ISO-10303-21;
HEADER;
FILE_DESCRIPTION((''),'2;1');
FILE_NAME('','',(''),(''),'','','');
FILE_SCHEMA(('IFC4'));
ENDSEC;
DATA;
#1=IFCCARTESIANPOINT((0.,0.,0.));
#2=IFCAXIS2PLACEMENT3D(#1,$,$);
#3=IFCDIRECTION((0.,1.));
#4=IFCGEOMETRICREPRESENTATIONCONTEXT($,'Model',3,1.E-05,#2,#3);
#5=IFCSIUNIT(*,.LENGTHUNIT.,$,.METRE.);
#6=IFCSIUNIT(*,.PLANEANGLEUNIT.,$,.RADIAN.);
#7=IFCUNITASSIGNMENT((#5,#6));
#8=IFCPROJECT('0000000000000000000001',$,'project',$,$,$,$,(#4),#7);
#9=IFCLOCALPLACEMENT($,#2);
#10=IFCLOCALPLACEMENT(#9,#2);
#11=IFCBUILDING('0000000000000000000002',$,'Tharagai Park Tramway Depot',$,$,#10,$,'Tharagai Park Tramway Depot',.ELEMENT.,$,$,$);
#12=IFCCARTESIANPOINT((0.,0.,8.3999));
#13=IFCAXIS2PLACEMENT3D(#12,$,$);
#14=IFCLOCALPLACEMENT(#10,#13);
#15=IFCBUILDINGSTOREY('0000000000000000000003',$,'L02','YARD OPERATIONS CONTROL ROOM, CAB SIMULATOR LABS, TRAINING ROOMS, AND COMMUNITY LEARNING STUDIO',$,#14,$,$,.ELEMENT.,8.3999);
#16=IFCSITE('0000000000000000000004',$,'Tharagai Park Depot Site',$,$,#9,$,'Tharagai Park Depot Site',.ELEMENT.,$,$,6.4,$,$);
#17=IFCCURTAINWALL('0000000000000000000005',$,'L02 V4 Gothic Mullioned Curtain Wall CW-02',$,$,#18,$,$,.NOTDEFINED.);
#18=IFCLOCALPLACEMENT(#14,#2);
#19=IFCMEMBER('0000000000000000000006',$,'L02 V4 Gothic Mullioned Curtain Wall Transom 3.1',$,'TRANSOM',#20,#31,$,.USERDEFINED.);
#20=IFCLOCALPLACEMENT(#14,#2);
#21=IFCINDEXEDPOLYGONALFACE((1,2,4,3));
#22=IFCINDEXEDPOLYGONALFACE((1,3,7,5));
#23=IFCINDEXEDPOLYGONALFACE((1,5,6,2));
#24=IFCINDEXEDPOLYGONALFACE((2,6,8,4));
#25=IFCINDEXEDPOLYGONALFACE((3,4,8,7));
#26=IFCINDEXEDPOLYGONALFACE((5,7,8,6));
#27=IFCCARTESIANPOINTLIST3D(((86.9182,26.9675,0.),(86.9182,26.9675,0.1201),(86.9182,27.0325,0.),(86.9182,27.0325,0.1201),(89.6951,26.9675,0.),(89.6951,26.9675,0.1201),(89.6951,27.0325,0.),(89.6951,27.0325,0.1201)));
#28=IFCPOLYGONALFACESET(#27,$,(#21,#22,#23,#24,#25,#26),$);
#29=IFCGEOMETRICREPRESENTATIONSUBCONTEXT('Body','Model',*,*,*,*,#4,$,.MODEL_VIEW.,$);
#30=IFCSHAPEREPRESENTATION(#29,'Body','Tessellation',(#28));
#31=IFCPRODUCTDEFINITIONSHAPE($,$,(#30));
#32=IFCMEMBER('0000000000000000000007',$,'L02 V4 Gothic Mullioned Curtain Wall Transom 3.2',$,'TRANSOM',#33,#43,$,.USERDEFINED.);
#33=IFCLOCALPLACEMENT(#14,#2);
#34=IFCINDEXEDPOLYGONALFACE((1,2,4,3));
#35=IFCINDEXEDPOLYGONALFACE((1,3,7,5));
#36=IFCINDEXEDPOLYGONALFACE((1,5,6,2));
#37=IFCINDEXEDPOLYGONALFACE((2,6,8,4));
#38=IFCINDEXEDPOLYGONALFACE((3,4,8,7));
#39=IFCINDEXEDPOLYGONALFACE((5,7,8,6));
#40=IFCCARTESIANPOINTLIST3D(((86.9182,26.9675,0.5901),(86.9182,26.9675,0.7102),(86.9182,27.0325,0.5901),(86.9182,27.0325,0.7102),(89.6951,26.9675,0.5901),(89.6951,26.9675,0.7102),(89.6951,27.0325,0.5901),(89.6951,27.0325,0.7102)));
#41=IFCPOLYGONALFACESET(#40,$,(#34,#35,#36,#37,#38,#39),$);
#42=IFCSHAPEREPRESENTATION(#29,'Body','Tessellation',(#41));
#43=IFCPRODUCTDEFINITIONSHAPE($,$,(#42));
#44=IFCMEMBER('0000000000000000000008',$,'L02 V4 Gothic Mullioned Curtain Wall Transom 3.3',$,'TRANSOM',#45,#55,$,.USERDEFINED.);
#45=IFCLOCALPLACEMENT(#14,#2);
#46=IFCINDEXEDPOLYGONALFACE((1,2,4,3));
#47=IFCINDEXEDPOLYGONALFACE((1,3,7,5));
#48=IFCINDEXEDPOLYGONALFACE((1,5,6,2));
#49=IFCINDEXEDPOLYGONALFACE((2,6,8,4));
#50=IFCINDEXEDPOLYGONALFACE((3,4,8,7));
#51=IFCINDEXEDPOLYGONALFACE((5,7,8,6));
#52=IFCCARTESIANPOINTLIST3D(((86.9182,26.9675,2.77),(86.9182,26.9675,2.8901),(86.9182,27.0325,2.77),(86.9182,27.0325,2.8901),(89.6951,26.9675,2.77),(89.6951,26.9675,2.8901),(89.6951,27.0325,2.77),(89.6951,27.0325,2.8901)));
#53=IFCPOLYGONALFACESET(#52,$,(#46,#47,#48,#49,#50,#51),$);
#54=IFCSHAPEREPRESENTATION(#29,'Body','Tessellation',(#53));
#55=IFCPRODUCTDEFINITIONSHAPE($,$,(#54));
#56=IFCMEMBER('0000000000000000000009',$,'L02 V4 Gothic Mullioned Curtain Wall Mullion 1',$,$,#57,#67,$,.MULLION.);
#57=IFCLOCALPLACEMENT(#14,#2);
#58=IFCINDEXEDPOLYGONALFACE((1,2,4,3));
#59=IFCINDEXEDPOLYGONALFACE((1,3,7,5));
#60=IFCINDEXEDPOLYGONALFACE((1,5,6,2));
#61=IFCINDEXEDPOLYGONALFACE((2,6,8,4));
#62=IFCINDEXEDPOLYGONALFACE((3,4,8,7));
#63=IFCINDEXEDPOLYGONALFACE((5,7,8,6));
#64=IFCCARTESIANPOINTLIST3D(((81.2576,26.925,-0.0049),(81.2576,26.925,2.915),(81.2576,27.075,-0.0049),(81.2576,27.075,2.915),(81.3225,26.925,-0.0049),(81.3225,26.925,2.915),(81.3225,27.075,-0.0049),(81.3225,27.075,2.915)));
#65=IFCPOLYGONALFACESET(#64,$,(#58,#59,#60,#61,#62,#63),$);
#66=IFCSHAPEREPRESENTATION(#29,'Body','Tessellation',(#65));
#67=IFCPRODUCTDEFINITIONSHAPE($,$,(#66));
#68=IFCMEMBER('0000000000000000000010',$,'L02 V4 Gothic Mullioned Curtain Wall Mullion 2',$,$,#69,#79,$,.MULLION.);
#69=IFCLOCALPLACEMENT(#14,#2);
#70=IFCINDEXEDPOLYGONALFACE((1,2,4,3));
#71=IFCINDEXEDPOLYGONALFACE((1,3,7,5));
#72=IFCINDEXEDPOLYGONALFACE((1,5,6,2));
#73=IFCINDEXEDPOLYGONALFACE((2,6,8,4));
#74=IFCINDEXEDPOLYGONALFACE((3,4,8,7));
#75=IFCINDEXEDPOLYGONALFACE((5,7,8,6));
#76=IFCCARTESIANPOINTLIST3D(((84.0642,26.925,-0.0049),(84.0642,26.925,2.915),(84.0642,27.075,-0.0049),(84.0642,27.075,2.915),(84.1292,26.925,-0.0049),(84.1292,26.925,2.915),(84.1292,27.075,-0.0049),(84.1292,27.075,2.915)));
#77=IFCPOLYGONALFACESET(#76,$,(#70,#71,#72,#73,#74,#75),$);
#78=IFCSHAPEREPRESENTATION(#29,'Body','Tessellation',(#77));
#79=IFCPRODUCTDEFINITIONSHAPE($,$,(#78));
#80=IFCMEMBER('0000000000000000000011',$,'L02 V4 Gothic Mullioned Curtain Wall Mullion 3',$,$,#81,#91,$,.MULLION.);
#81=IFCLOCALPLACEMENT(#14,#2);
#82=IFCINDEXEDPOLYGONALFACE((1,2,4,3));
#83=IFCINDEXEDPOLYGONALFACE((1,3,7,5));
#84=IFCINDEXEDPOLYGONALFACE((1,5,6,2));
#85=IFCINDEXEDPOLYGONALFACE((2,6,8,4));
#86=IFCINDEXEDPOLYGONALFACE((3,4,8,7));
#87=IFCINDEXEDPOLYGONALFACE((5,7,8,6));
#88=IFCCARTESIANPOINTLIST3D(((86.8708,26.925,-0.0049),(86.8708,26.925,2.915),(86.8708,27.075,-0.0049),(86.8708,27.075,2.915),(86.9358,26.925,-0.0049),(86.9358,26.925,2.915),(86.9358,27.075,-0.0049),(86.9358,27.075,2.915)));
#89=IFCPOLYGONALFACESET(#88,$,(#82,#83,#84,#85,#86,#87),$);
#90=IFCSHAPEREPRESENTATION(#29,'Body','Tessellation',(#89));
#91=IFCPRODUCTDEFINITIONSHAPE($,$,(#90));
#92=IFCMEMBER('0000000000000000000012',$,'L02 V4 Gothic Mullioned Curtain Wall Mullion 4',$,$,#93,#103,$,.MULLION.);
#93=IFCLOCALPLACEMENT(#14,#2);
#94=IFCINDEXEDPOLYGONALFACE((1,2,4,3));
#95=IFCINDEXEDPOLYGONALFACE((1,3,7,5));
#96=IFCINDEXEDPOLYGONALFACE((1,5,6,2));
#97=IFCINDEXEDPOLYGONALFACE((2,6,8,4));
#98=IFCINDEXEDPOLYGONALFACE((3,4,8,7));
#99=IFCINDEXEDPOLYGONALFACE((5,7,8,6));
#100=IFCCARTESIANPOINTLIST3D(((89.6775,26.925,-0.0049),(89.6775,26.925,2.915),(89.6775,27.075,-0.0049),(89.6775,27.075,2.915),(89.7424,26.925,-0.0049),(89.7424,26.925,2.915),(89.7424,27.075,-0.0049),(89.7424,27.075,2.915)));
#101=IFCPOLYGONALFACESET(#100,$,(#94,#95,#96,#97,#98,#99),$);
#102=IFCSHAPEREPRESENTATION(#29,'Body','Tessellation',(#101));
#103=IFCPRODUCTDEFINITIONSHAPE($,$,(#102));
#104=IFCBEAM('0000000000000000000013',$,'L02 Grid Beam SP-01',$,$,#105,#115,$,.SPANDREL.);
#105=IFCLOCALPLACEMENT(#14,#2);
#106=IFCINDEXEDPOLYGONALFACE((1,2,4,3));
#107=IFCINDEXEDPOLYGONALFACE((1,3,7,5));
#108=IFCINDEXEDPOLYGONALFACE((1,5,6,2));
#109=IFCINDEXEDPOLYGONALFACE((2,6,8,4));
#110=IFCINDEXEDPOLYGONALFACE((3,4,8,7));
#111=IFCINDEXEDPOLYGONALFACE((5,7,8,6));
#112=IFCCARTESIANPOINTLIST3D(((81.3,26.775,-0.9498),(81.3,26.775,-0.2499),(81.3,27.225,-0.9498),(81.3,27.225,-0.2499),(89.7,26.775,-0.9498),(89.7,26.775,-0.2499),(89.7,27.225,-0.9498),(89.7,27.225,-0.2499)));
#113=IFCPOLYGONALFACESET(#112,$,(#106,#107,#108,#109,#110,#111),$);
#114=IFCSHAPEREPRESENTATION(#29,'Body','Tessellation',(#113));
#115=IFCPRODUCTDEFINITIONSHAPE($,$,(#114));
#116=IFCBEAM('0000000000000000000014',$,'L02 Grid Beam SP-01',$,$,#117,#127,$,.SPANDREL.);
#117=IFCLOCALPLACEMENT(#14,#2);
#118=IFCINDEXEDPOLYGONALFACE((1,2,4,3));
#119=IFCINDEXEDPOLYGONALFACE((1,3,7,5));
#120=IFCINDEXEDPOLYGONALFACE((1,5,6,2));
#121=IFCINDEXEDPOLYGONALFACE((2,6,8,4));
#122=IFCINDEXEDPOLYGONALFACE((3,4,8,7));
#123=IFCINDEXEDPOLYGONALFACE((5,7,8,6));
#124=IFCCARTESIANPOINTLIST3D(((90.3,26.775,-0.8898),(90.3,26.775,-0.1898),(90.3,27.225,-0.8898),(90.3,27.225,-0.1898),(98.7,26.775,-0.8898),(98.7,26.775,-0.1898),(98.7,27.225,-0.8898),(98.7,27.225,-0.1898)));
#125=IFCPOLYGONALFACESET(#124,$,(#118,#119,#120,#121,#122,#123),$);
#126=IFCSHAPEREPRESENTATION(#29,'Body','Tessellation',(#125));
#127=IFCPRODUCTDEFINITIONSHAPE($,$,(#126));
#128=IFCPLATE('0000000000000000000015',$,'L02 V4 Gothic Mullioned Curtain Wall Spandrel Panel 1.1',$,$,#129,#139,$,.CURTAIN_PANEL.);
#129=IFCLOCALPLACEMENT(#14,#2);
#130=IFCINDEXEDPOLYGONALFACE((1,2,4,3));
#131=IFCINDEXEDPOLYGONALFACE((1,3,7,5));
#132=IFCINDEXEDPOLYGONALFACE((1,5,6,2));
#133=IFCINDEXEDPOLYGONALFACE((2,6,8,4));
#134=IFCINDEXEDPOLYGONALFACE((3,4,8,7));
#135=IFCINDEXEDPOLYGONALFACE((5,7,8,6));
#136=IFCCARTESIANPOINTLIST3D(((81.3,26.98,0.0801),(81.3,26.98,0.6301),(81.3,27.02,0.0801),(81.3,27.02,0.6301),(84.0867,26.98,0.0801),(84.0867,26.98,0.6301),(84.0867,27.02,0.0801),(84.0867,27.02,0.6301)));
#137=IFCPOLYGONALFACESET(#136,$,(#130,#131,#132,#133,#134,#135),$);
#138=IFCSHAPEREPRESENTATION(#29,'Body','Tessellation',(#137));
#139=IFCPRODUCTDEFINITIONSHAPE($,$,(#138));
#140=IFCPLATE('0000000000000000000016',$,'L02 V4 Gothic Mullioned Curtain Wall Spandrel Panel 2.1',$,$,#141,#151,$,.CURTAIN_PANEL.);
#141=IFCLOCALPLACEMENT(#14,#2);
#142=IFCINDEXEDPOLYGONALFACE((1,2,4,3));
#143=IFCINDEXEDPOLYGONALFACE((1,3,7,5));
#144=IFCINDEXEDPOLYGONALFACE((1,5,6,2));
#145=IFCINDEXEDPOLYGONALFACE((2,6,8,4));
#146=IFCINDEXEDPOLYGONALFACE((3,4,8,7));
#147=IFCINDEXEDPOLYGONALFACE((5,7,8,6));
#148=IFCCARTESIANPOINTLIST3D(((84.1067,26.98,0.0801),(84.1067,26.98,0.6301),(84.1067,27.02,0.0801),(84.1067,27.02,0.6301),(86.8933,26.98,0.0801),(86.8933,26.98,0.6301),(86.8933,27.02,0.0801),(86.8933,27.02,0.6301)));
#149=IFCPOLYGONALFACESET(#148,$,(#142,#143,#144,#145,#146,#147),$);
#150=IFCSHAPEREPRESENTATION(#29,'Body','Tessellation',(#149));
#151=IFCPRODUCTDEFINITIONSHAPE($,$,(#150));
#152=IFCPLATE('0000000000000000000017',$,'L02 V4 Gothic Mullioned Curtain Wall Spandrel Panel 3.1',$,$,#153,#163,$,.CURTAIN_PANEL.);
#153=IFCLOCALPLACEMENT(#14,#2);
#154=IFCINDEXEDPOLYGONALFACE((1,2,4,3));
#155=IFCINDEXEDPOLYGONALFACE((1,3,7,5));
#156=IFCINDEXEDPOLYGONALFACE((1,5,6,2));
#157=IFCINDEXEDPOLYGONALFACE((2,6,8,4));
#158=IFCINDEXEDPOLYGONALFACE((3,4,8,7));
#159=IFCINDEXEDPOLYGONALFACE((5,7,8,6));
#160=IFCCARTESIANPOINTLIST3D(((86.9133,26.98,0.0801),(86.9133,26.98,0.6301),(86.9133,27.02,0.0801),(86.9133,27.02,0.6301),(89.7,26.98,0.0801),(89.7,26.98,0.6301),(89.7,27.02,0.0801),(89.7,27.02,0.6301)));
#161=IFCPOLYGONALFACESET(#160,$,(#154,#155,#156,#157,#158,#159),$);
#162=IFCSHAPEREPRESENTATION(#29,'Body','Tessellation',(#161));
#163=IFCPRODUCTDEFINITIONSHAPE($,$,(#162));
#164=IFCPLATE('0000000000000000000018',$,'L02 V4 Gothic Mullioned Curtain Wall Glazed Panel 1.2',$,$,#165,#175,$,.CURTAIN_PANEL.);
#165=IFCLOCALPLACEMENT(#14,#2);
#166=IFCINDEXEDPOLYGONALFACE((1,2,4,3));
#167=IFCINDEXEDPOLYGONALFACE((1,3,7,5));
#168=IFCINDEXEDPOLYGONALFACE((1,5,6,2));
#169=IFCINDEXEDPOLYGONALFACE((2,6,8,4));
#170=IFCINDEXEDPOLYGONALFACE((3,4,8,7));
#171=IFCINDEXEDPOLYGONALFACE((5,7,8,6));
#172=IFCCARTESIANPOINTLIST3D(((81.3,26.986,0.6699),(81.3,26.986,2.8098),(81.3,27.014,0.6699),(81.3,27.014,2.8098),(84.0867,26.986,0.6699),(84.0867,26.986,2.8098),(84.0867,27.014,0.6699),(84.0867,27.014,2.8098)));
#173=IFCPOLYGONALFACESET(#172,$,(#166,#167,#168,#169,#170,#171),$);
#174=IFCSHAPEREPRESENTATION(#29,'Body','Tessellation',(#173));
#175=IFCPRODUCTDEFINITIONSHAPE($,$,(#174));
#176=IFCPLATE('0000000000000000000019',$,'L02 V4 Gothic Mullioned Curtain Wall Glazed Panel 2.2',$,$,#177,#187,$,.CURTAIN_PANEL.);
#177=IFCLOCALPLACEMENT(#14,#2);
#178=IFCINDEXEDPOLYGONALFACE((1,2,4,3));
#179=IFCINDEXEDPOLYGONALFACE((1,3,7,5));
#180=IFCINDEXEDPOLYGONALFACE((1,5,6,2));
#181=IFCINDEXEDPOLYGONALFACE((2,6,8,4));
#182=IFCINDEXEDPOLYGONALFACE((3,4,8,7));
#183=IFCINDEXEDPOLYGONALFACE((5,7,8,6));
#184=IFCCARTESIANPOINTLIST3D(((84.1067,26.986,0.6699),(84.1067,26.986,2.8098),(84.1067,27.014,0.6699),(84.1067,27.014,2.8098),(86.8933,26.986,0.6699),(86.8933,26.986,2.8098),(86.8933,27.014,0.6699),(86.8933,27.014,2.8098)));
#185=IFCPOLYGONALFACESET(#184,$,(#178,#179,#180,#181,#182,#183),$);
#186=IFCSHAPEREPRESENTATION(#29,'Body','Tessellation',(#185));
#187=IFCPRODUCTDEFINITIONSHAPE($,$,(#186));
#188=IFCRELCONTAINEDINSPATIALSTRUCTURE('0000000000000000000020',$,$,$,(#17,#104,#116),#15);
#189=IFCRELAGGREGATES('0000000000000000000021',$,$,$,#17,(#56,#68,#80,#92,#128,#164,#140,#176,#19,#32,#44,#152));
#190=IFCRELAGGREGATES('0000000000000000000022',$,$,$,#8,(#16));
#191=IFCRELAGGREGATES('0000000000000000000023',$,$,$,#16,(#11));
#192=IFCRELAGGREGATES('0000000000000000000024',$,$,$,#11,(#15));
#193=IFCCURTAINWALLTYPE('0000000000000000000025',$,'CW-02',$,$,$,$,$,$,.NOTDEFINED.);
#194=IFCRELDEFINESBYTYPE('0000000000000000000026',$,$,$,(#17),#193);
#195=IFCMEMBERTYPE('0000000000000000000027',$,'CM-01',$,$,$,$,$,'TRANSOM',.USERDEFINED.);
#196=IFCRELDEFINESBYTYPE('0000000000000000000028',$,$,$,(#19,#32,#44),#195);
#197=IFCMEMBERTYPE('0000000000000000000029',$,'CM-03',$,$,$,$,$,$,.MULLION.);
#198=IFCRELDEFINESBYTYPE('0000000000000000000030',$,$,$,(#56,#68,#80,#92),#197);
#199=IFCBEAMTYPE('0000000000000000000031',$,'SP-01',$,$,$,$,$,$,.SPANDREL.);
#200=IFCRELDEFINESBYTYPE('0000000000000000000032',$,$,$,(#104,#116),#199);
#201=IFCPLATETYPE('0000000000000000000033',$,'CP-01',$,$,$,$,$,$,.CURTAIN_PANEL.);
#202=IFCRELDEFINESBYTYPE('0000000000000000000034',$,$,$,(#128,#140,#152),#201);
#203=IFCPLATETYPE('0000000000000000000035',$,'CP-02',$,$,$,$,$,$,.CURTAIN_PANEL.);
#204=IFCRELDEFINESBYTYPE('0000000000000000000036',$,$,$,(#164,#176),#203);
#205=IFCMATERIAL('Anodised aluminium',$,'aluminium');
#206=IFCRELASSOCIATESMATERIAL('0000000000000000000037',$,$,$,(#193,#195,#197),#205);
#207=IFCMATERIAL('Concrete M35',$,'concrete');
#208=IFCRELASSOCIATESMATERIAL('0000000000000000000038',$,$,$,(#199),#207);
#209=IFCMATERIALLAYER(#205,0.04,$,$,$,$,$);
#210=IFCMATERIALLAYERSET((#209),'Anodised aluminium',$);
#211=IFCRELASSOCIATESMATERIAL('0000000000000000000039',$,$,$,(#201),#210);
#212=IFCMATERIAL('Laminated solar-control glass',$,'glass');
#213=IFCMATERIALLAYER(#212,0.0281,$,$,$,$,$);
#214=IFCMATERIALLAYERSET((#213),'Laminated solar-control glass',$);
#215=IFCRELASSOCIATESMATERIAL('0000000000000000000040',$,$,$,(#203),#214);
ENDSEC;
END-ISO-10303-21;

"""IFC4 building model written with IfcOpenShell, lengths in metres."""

from ifc_helpers import new_model, si_unit, direction, frame, origin, origin_2d, place, context, subcontext, project, spatial, rectangle, extrude, material, layer, layer_set, material_profile, profile_set, type_object, element, aggregate, save


model = new_model("IFC4")

# Units and contexts
model_context = context("Model", 3, precision=1e-05, world=origin(), true_north=direction((0.0, 1.0)))
body_context = subcontext(model_context, "Body", "Model", "MODEL_VIEW")
ifc_project = project(units=[si_unit("LENGTHUNIT", "METRE"), si_unit("PLANEANGLEUNIT", "RADIAN")], contexts=[model_context])

# Site, building, storey
site_placement = place(None, origin())
site = spatial("IfcSite", under=ifc_project, at=site_placement, Name="Tharagai Park Depot Site", LongName="Tharagai Park Depot Site", CompositionType="ELEMENT", RefElevation=6.4)
building_placement = place(site_placement, origin())
building = spatial("IfcBuilding", under=site, at=building_placement, Name="Tharagai Park Tramway Depot", LongName="Tharagai Park Tramway Depot", CompositionType="ELEMENT")
storey_placement = place(building_placement, frame((0.0, 0.0, 8.3999)))
storey = spatial("IfcBuildingStorey", under=building, at=storey_placement, Name="L02", Description="YARD OPERATIONS CONTROL ROOM, CAB SIMULATOR LABS, TRAINING ROOMS, AND COMMUNITY LEARNING STUDIO", CompositionType="ELEMENT", Elevation=8.3999)

# Curtain wall, members
ifc_material_1 = material(Name="Anodised aluminium", Category="aluminium")
curtain_wall_type = type_object("IfcCurtainWallType", Name="CW-02", PredefinedType="NOTDEFINED", material=ifc_material_1)
curtain_wall_placement = place(storey_placement, origin())
curtain_wall = element("IfcCurtainWall", 1, at=curtain_wall_placement, inside=storey, type_object=curtain_wall_type, Name="L02 V4 Gothic Mullioned Curtain Wall CW-02", PredefinedType="NOTDEFINED")
ifc_material_profile_1 = material_profile(ifc_material_1, rectangle(XDim=0.0649, YDim=0.1201, at=origin_2d()), Name="ALU 65x120")
ifc_profile_set_1 = profile_set([ifc_material_profile_1], Name="Anodised aluminium")
member_type_1 = type_object("IfcMemberType", Name="CM-01", ElementType="TRANSOM", PredefinedType="USERDEFINED", material=ifc_profile_set_1)
member_1_placement = place(storey_placement, frame((86.9182, 27.0, 0.0601), z_axis=(1.0, 0.0, 0.0), x_axis=(0.0, 1.0, 0.0)))
member_1 = element("IfcMember", 2, at=member_1_placement, type_object=member_type_1, Name="L02 V4 Gothic Mullioned Curtain Wall Transom 3.1", ObjectType="TRANSOM", PredefinedType="USERDEFINED", context=body_context, shape_type="SweptSolid", body=[
    extrude(rectangle(XDim=0.0649, YDim=0.1201, at=origin_2d()), origin(), (0.0, 0.0, 1.0), 2.7769),
])
member_2_placement = place(storey_placement, frame((86.9182, 27.0, 0.6501), z_axis=(1.0, 0.0, 0.0), x_axis=(0.0, 1.0, 0.0)))
member_2 = element("IfcMember", 3, at=member_2_placement, type_object=member_type_1, Name="L02 V4 Gothic Mullioned Curtain Wall Transom 3.2", ObjectType="TRANSOM", PredefinedType="USERDEFINED", context=body_context, shape_type="SweptSolid", body=[
    extrude(rectangle(XDim=0.0649, YDim=0.1201, at=origin_2d()), origin(), (0.0, 0.0, 1.0), 2.7769),
])
member_3_placement = place(storey_placement, frame((86.9182, 27.0, 2.8301), z_axis=(1.0, 0.0, 0.0), x_axis=(0.0, 1.0, 0.0)))
member_3 = element("IfcMember", 4, at=member_3_placement, type_object=member_type_1, Name="L02 V4 Gothic Mullioned Curtain Wall Transom 3.3", ObjectType="TRANSOM", PredefinedType="USERDEFINED", context=body_context, shape_type="SweptSolid", body=[
    extrude(rectangle(XDim=0.0649, YDim=0.1201, at=origin_2d()), origin(), (0.0, 0.0, 1.0), 2.7769),
])
ifc_material_profile_2 = material_profile(ifc_material_1, rectangle(XDim=0.0649, YDim=0.1499, at=origin_2d()), Name="ALU 65x150")
ifc_profile_set_2 = profile_set([ifc_material_profile_2], Name="Anodised aluminium")
member_type_2 = type_object("IfcMemberType", Name="CM-03", PredefinedType="MULLION", material=ifc_profile_set_2)
member_4_placement = place(storey_placement, frame((81.29, 27.0, -0.0049), z_axis=(0.0, 0.0, 1.0), x_axis=(1.0, 0.0, 0.0)))
member_4 = element("IfcMember", 5, at=member_4_placement, type_object=member_type_2, Name="L02 V4 Gothic Mullioned Curtain Wall Mullion 1", PredefinedType="MULLION", context=body_context, shape_type="SweptSolid", body=[
    extrude(rectangle(XDim=0.0649, YDim=0.1499, at=origin_2d()), origin(), (0.0, 0.0, 1.0), 2.9199),
])
member_5_placement = place(storey_placement, frame((84.0967, 27.0, -0.0049), z_axis=(0.0, 0.0, 1.0), x_axis=(1.0, 0.0, 0.0)))
member_5 = element("IfcMember", 6, at=member_5_placement, type_object=member_type_2, Name="L02 V4 Gothic Mullioned Curtain Wall Mullion 2", PredefinedType="MULLION", context=body_context, shape_type="SweptSolid", body=[
    extrude(rectangle(XDim=0.0649, YDim=0.1499, at=origin_2d()), origin(), (0.0, 0.0, 1.0), 2.9199),
])
member_6_placement = place(storey_placement, frame((86.9033, 27.0, -0.0049), z_axis=(0.0, 0.0, 1.0), x_axis=(1.0, 0.0, 0.0)))
member_6 = element("IfcMember", 7, at=member_6_placement, type_object=member_type_2, Name="L02 V4 Gothic Mullioned Curtain Wall Mullion 3", PredefinedType="MULLION", context=body_context, shape_type="SweptSolid", body=[
    extrude(rectangle(XDim=0.0649, YDim=0.1499, at=origin_2d()), origin(), (0.0, 0.0, 1.0), 2.9199),
])
member_7_placement = place(storey_placement, frame((89.71, 27.0, -0.0049), z_axis=(0.0, 0.0, 1.0), x_axis=(1.0, 0.0, 0.0)))
member_7 = element("IfcMember", 8, at=member_7_placement, type_object=member_type_2, Name="L02 V4 Gothic Mullioned Curtain Wall Mullion 4", PredefinedType="MULLION", context=body_context, shape_type="SweptSolid", body=[
    extrude(rectangle(XDim=0.0649, YDim=0.1499, at=origin_2d()), origin(), (0.0, 0.0, 1.0), 2.9199),
])

# Beams
ifc_material_2 = material(Name="Concrete M35", Category="concrete")
ifc_material_profile_3 = material_profile(ifc_material_2, rectangle(XDim=0.45, YDim=0.7, at=origin_2d()), Name="RC 450x700")
ifc_profile_set_3 = profile_set([ifc_material_profile_3], Name="Concrete M35")
beam_type_1 = type_object("IfcBeamType", Name="SP-01", PredefinedType="SPANDREL", material=ifc_profile_set_3)
for number, where, z_axis, x_axis, name in (
    (9, (81.3, 27.0, -0.5999), (1.0, 0.0, 0.0), (0.0, 1.0, 0.0), "L02 Grid Beam SP-01"),
    (10, (90.3, 27.0, -0.5398), (1.0, 0.0, 0.0), (0.0, 1.0, 0.0), "L02 Grid Beam SP-01"),
):
    element("IfcBeam", number, at=place(storey_placement, frame(where, z_axis=z_axis, x_axis=x_axis)), inside=storey, type_object=beam_type_1, Name=name, PredefinedType="SPANDREL", context=body_context, shape_type="SweptSolid", body=[
        extrude(rectangle(XDim=0.45, YDim=0.7, at=origin_2d()), origin(), (0.0, 0.0, 1.0), 8.3999),
    ])

# Plates
ifc_layer_1 = layer(ifc_material_1, 0.04)
ifc_layer_set_1 = layer_set([ifc_layer_1], Name="Anodised aluminium")
plate_type_1 = type_object("IfcPlateType", Name="CP-01", PredefinedType="CURTAIN_PANEL", material=ifc_layer_set_1)
plate_1_placement = place(storey_placement, frame((82.6934, 27.0, 0.0801), z_axis=(0.0, 0.0, 1.0), x_axis=(1.0, 0.0, 0.0)))
plate_1 = element("IfcPlate", 11, at=plate_1_placement, type_object=plate_type_1, Name="L02 V4 Gothic Mullioned Curtain Wall Spandrel Panel 1.1", PredefinedType="CURTAIN_PANEL", context=body_context, shape_type="SweptSolid", body=[
    extrude(rectangle(XDim=2.7866, YDim=0.04, at=origin_2d()), origin(), (0.0, 0.0, 1.0), 0.55),
])
plate_2_placement = place(storey_placement, frame((85.5, 27.0, 0.0801), z_axis=(0.0, 0.0, 1.0), x_axis=(1.0, 0.0, 0.0)))
plate_2 = element("IfcPlate", 12, at=plate_2_placement, type_object=plate_type_1, Name="L02 V4 Gothic Mullioned Curtain Wall Spandrel Panel 2.1", PredefinedType="CURTAIN_PANEL", context=body_context, shape_type="SweptSolid", body=[
    extrude(rectangle(XDim=2.7866, YDim=0.04, at=origin_2d()), origin(), (0.0, 0.0, 1.0), 0.55),
])
plate_3_placement = place(storey_placement, frame((88.3066, 27.0, 0.0801), z_axis=(0.0, 0.0, 1.0), x_axis=(1.0, 0.0, 0.0)))
plate_3 = element("IfcPlate", 13, at=plate_3_placement, type_object=plate_type_1, Name="L02 V4 Gothic Mullioned Curtain Wall Spandrel Panel 3.1", PredefinedType="CURTAIN_PANEL", context=body_context, shape_type="SweptSolid", body=[
    extrude(rectangle(XDim=2.7866, YDim=0.04, at=origin_2d()), origin(), (0.0, 0.0, 1.0), 0.55),
])
ifc_material_3 = material(Name="Laminated solar-control glass", Category="glass")
ifc_layer_2 = layer(ifc_material_3, 0.0281)
ifc_layer_set_2 = layer_set([ifc_layer_2], Name="Laminated solar-control glass")
plate_type_2 = type_object("IfcPlateType", Name="CP-02", PredefinedType="CURTAIN_PANEL", material=ifc_layer_set_2)
plate_4_placement = place(storey_placement, frame((82.6934, 27.0, 0.6699), z_axis=(0.0, 0.0, 1.0), x_axis=(1.0, 0.0, 0.0)))
plate_4 = element("IfcPlate", 14, at=plate_4_placement, type_object=plate_type_2, Name="L02 V4 Gothic Mullioned Curtain Wall Glazed Panel 1.2", PredefinedType="CURTAIN_PANEL", context=body_context, shape_type="SweptSolid", body=[
    extrude(rectangle(XDim=2.7866, YDim=0.0281, at=origin_2d()), origin(), (0.0, 0.0, 1.0), 2.1399),
])
plate_5_placement = place(storey_placement, frame((85.5, 27.0, 0.6699), z_axis=(0.0, 0.0, 1.0), x_axis=(1.0, 0.0, 0.0)))
plate_5 = element("IfcPlate", 15, at=plate_5_placement, type_object=plate_type_2, Name="L02 V4 Gothic Mullioned Curtain Wall Glazed Panel 2.2", PredefinedType="CURTAIN_PANEL", context=body_context, shape_type="SweptSolid", body=[
    extrude(rectangle(XDim=2.7866, YDim=0.0281, at=origin_2d()), origin(), (0.0, 0.0, 1.0), 2.1399),
])
aggregate(curtain_wall, [member_4, member_5, member_6, member_7, plate_1, plate_4, plate_2, plate_5, member_1, member_2, member_3, plate_3])

save(model, "model.ifc")
